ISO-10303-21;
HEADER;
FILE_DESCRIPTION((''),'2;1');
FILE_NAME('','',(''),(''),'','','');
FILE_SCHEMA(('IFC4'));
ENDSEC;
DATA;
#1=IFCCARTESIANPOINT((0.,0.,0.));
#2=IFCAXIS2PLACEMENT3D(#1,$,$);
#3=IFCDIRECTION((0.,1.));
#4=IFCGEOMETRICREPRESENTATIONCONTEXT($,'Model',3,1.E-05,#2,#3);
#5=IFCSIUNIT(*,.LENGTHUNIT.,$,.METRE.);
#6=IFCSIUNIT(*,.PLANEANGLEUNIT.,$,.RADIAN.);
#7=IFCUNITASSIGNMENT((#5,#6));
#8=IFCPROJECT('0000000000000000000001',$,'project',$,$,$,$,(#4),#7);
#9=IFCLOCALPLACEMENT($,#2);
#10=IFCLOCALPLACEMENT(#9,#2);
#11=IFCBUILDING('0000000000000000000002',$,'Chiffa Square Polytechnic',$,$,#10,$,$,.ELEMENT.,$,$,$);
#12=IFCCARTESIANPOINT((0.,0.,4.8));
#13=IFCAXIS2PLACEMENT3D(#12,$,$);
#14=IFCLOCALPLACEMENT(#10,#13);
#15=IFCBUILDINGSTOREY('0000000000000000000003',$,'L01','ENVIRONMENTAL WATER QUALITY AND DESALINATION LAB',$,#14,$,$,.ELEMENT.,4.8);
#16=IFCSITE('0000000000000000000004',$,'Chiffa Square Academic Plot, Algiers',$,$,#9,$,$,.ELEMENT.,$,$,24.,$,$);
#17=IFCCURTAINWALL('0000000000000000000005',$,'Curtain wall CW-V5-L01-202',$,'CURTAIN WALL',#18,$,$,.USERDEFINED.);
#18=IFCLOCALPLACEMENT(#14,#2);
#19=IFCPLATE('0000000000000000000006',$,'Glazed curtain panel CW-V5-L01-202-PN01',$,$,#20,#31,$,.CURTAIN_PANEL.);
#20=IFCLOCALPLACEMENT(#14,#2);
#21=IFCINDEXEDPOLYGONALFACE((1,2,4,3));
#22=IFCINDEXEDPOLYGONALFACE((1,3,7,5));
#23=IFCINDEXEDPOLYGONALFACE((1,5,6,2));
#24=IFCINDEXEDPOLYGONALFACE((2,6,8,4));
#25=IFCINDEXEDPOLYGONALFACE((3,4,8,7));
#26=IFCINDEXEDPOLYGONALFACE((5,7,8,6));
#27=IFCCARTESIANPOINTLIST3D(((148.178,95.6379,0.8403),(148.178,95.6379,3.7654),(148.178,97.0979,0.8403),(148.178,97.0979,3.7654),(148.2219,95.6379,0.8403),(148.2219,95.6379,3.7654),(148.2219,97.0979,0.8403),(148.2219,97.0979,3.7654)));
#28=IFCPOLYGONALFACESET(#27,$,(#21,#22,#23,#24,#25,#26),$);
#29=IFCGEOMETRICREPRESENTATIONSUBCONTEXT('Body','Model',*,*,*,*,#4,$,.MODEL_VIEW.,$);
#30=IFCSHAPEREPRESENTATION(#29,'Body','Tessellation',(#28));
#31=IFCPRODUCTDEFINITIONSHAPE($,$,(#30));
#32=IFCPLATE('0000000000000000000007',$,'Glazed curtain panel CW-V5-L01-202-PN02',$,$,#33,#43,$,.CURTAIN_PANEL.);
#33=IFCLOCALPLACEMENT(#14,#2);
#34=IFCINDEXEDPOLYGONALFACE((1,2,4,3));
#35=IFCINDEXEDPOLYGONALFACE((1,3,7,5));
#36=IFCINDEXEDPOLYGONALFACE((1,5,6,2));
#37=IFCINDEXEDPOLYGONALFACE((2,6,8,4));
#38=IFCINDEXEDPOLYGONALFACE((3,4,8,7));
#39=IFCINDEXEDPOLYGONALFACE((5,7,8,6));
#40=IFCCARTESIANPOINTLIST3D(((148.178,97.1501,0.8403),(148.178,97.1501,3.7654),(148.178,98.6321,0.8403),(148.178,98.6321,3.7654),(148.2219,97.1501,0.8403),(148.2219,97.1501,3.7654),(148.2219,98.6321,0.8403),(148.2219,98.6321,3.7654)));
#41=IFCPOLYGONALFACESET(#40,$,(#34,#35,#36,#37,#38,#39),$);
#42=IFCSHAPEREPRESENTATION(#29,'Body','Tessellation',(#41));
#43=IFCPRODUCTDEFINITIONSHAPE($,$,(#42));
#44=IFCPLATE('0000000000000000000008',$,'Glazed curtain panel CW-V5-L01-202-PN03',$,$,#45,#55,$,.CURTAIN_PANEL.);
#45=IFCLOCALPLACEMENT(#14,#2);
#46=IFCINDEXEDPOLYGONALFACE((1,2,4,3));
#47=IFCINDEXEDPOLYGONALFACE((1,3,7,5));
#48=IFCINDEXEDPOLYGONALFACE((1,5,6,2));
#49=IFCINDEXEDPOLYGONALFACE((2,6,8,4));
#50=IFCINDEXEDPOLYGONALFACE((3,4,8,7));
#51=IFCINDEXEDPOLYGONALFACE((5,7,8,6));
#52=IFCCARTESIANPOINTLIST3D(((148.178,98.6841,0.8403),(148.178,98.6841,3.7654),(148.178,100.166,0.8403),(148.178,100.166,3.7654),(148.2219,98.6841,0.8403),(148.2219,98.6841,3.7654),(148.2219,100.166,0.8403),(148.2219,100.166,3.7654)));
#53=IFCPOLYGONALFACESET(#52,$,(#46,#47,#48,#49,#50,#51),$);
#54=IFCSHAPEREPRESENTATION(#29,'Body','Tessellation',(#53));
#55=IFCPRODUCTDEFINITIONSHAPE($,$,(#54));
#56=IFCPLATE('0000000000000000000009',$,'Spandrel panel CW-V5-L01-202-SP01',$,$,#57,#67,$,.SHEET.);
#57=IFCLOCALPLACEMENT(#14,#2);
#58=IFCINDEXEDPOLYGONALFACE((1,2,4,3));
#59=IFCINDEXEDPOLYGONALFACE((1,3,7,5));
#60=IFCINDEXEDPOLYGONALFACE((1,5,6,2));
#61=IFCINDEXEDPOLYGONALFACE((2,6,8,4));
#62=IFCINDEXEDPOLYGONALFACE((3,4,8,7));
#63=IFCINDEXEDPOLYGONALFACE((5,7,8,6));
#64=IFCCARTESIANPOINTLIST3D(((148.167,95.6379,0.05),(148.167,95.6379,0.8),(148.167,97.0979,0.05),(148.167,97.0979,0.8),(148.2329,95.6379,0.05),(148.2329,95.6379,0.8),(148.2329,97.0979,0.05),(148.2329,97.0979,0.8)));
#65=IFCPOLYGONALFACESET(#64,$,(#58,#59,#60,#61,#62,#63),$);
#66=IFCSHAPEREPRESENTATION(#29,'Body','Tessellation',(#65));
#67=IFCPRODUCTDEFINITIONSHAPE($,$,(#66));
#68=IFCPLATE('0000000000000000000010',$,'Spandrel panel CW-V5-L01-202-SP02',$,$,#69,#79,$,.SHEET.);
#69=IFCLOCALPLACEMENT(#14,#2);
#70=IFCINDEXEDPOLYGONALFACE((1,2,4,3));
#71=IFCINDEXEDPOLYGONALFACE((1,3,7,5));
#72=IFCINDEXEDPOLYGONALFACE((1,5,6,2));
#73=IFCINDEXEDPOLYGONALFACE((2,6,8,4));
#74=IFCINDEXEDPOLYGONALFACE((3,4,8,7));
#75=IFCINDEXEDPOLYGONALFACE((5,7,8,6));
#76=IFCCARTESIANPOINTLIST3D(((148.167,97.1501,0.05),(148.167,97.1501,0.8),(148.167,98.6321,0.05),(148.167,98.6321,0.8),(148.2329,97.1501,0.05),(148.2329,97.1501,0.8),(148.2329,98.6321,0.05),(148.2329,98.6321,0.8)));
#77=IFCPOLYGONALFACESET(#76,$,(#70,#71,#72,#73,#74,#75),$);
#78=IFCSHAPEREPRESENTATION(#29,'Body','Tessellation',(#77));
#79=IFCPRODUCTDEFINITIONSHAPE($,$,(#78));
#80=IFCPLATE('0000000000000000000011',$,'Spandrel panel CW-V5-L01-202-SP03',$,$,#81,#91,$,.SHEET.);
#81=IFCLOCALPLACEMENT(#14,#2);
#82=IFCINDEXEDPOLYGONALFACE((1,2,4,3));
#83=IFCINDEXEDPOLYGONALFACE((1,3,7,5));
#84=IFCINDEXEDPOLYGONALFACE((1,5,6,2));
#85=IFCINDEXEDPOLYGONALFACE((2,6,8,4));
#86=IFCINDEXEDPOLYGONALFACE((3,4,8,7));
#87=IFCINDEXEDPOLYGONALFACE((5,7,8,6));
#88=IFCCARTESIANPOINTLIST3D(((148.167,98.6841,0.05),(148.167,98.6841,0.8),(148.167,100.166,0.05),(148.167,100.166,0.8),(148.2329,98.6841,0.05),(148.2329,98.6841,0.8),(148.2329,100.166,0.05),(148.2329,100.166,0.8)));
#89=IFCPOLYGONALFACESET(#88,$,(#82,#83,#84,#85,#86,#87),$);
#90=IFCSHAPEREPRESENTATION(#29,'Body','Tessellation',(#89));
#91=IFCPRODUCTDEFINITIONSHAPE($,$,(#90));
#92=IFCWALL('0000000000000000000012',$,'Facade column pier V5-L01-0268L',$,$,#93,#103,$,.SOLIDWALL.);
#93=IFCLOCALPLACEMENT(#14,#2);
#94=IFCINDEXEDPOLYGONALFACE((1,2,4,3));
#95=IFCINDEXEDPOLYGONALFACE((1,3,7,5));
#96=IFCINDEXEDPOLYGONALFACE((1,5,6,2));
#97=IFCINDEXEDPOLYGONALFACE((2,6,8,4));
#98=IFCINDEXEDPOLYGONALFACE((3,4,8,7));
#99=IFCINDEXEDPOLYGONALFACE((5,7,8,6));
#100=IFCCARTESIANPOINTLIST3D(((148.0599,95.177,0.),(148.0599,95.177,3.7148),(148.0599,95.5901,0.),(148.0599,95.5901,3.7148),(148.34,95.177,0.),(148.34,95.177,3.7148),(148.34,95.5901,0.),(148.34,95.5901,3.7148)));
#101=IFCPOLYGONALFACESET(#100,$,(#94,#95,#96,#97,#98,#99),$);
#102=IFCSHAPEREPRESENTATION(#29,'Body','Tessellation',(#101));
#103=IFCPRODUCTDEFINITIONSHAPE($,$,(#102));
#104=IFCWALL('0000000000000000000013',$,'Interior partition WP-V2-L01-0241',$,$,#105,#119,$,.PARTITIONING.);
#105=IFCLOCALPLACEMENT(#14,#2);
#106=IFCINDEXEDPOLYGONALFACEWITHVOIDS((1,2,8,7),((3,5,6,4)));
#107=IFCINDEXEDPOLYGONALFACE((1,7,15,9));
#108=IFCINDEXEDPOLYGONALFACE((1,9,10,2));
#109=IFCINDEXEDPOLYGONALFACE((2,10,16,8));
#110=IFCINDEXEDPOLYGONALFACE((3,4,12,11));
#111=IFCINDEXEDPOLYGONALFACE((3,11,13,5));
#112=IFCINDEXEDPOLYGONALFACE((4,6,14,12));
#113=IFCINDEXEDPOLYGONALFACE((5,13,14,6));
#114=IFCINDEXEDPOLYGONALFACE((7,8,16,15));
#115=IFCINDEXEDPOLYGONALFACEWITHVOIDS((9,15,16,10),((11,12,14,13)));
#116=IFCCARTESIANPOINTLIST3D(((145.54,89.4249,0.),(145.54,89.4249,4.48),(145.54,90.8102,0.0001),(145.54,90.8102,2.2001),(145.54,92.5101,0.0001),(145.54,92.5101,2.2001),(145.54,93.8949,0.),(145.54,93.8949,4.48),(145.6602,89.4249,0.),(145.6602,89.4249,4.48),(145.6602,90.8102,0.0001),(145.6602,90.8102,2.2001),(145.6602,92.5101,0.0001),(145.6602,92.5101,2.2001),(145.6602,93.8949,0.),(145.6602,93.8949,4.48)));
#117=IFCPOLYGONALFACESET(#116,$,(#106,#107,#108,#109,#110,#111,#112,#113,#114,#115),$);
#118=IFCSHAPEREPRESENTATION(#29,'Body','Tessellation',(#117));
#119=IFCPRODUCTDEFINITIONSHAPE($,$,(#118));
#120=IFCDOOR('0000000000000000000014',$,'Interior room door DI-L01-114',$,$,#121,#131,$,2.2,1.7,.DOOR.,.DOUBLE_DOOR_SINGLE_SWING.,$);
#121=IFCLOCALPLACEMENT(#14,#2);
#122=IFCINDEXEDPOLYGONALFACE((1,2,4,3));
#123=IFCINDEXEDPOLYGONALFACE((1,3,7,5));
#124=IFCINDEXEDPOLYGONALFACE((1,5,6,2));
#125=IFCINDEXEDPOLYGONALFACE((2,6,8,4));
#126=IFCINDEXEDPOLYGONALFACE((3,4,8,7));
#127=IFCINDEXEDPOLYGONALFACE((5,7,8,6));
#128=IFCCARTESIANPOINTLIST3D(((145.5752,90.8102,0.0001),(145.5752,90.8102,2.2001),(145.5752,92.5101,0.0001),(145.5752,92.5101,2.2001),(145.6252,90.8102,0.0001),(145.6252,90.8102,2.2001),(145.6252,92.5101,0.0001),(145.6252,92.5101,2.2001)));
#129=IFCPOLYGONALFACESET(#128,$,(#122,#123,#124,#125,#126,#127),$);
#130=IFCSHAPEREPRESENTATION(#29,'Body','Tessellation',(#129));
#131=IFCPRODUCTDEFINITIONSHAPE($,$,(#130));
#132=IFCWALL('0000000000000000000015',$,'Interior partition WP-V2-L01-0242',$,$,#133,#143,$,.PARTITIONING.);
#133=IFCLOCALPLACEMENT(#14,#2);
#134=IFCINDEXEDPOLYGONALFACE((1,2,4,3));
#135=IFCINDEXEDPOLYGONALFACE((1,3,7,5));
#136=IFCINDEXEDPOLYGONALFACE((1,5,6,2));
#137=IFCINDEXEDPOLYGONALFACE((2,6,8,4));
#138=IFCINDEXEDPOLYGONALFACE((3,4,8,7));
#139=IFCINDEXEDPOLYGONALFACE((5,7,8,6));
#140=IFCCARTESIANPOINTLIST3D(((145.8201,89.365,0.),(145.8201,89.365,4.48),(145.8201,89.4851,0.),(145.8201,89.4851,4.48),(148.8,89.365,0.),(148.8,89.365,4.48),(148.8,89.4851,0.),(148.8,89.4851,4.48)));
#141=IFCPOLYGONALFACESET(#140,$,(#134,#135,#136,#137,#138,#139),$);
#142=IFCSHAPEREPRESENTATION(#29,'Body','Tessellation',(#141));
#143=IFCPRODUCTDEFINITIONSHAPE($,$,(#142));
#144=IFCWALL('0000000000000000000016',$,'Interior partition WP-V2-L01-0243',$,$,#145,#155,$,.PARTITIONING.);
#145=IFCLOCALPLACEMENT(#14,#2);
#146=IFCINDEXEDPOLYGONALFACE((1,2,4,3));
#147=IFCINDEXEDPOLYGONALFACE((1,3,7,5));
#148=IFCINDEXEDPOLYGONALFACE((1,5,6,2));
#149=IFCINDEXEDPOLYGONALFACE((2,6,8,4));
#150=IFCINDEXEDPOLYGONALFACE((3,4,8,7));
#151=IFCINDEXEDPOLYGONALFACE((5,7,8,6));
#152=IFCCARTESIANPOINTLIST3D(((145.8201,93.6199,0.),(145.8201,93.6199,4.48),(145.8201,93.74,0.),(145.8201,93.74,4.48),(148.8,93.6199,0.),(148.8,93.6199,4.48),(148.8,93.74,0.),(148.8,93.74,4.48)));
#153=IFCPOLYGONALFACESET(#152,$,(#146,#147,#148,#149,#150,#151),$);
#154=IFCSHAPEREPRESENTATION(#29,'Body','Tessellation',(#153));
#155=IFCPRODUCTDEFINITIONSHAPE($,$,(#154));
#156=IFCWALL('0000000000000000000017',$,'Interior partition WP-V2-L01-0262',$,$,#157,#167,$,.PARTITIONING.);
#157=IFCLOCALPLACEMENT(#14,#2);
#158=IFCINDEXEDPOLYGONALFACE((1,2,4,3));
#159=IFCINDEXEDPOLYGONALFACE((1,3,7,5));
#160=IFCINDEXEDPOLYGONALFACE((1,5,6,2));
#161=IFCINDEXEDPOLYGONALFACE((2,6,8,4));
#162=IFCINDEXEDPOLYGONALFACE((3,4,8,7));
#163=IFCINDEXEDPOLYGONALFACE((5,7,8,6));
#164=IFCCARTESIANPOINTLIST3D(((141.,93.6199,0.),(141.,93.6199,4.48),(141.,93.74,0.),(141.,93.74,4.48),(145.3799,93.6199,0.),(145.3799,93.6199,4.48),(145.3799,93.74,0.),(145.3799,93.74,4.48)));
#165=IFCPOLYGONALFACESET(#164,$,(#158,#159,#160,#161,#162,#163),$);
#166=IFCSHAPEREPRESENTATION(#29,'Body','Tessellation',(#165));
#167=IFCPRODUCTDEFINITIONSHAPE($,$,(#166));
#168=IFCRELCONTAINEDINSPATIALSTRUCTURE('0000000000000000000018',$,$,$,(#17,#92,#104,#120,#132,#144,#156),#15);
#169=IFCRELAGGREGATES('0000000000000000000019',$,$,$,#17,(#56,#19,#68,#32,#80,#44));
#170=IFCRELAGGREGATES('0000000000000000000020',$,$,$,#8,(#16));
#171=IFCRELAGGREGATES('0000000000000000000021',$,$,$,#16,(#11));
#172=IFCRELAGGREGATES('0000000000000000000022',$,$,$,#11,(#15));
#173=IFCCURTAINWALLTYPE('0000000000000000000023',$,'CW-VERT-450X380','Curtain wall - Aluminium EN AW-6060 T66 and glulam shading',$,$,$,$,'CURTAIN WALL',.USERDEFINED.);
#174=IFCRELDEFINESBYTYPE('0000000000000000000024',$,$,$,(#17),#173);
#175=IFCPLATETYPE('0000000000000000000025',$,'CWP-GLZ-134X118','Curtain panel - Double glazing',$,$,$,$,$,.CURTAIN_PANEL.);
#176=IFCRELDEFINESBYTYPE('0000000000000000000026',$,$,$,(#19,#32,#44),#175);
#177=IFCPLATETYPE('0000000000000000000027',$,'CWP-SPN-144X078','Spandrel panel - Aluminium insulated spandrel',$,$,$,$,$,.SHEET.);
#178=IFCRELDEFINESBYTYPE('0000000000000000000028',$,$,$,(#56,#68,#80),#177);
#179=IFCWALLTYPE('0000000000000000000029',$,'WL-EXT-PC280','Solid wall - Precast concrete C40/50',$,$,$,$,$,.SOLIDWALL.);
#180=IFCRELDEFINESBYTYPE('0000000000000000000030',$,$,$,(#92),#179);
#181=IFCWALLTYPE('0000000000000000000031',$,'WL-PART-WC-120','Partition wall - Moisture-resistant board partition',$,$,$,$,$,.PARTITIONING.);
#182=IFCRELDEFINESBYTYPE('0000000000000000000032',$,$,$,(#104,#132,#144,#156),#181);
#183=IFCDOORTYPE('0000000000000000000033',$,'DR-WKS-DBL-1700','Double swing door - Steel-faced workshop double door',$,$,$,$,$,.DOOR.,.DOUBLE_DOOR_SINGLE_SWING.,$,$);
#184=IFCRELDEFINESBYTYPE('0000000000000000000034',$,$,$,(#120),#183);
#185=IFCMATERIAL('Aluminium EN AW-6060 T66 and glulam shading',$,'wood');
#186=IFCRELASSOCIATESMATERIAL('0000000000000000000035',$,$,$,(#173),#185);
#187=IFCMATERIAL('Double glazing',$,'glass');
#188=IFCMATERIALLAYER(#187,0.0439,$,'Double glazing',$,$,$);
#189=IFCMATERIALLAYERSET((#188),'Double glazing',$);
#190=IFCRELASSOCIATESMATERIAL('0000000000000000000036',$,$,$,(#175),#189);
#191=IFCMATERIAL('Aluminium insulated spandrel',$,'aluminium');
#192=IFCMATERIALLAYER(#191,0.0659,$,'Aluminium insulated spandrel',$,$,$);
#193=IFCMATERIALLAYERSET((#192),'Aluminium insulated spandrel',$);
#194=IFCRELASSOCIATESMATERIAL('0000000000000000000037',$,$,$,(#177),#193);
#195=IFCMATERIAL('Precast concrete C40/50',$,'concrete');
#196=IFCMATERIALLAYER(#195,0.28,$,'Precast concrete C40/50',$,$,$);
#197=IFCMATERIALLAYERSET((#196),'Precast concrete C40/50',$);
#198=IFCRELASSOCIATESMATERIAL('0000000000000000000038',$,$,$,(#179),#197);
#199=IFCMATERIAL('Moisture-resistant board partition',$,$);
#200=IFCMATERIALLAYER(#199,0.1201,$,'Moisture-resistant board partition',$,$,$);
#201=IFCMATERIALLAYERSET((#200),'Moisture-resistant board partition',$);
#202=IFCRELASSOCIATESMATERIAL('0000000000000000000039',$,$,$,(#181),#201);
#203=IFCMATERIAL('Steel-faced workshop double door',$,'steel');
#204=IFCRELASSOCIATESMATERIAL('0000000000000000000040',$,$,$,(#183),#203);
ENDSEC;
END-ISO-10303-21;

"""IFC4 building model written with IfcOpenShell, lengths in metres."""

from ifc_helpers import new_model, si_unit, direction, frame, frame_2d, origin, origin_2d, place, context, subcontext, project, spatial, rectangle, extrude, material, layer, layer_set, type_object, element, fill, aggregate, save


model = new_model("IFC4")

# Units and contexts
model_context = context("Model", 3, precision=1e-05, world=origin(), true_north=direction((0.0, 1.0)))
body_context = subcontext(model_context, "Body", "Model", "MODEL_VIEW")
ifc_project = project(units=[si_unit("LENGTHUNIT", "METRE"), si_unit("PLANEANGLEUNIT", "RADIAN")], contexts=[model_context])

# Site, building, storey
site_placement = place(None, origin())
site = spatial("IfcSite", under=ifc_project, at=site_placement, Name="Chiffa Square Academic Plot, Algiers", CompositionType="ELEMENT", RefElevation=24.0)
building_placement = place(site_placement, origin())
building = spatial("IfcBuilding", under=site, at=building_placement, Name="Chiffa Square Polytechnic", CompositionType="ELEMENT")
storey_placement = place(building_placement, frame((0.0, 0.0, 4.8)))
storey = spatial("IfcBuildingStorey", under=building, at=storey_placement, Name="L01", Description="ENVIRONMENTAL WATER QUALITY AND DESALINATION LAB", CompositionType="ELEMENT", Elevation=4.8)

# Curtain wall
ifc_material_1 = material(Name="Aluminium EN AW-6060 T66 and glulam shading", Category="wood")
curtain_wall_type = type_object("IfcCurtainWallType", Name="CW-VERT-450X380", Description="Curtain wall - Aluminium EN AW-6060 T66 and glulam shading", ElementType="CURTAIN WALL", PredefinedType="USERDEFINED", material=ifc_material_1)
curtain_wall_placement = place(storey_placement, origin())
curtain_wall = element("IfcCurtainWall", 1, at=curtain_wall_placement, inside=storey, type_object=curtain_wall_type, Name="Curtain wall CW-V5-L01-202", ObjectType="CURTAIN WALL", PredefinedType="USERDEFINED")

# Plates
ifc_material_2 = material(Name="Double glazing", Category="glass")
ifc_layer_1 = layer(ifc_material_2, 0.0439, Name="Double glazing")
ifc_layer_set_1 = layer_set([ifc_layer_1], Name="Double glazing")
plate_type_1 = type_object("IfcPlateType", Name="CWP-GLZ-134X118", Description="Curtain panel - Double glazing", PredefinedType="CURTAIN_PANEL", material=ifc_layer_set_1)
plate_1_placement = place(storey_placement, frame((148.2, 96.3679, 0.8403), z_axis=(0.0, 0.0, 1.0), x_axis=(0.0, 1.0, 0.0)))
plate_1 = element("IfcPlate", 2, at=plate_1_placement, type_object=plate_type_1, Name="Glazed curtain panel CW-V5-L01-202-PN01", PredefinedType="CURTAIN_PANEL", context=body_context, shape_type="SweptSolid", body=[
    extrude(rectangle(XDim=1.46, YDim=0.0439, at=origin_2d()), origin(), (0.0, 0.0, 1.0), 2.925),
])
plate_2_placement = place(storey_placement, frame((148.2, 97.8911, 0.8403), z_axis=(0.0, 0.0, 1.0), x_axis=(0.0, 1.0, 0.0)))
plate_2 = element("IfcPlate", 3, at=plate_2_placement, type_object=plate_type_1, Name="Glazed curtain panel CW-V5-L01-202-PN02", PredefinedType="CURTAIN_PANEL", context=body_context, shape_type="SweptSolid", body=[
    extrude(rectangle(XDim=1.4819, YDim=0.0439, at=origin_2d()), origin(), (0.0, 0.0, 1.0), 2.925),
])
plate_3_placement = place(storey_placement, frame((148.2, 99.425, 0.8403), z_axis=(0.0, 0.0, 1.0), x_axis=(0.0, 1.0, 0.0)))
plate_3 = element("IfcPlate", 4, at=plate_3_placement, type_object=plate_type_1, Name="Glazed curtain panel CW-V5-L01-202-PN03", PredefinedType="CURTAIN_PANEL", context=body_context, shape_type="SweptSolid", body=[
    extrude(rectangle(XDim=1.4819, YDim=0.0439, at=origin_2d()), origin(), (0.0, 0.0, 1.0), 2.925),
])
ifc_material_3 = material(Name="Aluminium insulated spandrel", Category="aluminium")
ifc_layer_2 = layer(ifc_material_3, 0.0659, Name="Aluminium insulated spandrel")
ifc_layer_set_2 = layer_set([ifc_layer_2], Name="Aluminium insulated spandrel")
plate_type_2 = type_object("IfcPlateType", Name="CWP-SPN-144X078", Description="Spandrel panel - Aluminium insulated spandrel", PredefinedType="SHEET", material=ifc_layer_set_2)
plate_4_placement = place(storey_placement, frame((148.2, 96.3679, 0.05), z_axis=(0.0, 0.0, 1.0), x_axis=(0.0, 1.0, 0.0)))
plate_4 = element("IfcPlate", 5, at=plate_4_placement, type_object=plate_type_2, Name="Spandrel panel CW-V5-L01-202-SP01", PredefinedType="SHEET", context=body_context, shape_type="SweptSolid", body=[
    extrude(rectangle(XDim=1.46, YDim=0.0659, at=origin_2d()), origin(), (0.0, 0.0, 1.0), 0.75),
])
plate_5_placement = place(storey_placement, frame((148.2, 97.8911, 0.05), z_axis=(0.0, 0.0, 1.0), x_axis=(0.0, 1.0, 0.0)))
plate_5 = element("IfcPlate", 6, at=plate_5_placement, type_object=plate_type_2, Name="Spandrel panel CW-V5-L01-202-SP02", PredefinedType="SHEET", context=body_context, shape_type="SweptSolid", body=[
    extrude(rectangle(XDim=1.4819, YDim=0.0659, at=origin_2d()), origin(), (0.0, 0.0, 1.0), 0.75),
])
plate_6_placement = place(storey_placement, frame((148.2, 99.425, 0.05), z_axis=(0.0, 0.0, 1.0), x_axis=(0.0, 1.0, 0.0)))
plate_6 = element("IfcPlate", 7, at=plate_6_placement, type_object=plate_type_2, Name="Spandrel panel CW-V5-L01-202-SP03", PredefinedType="SHEET", context=body_context, shape_type="SweptSolid", body=[
    extrude(rectangle(XDim=1.4819, YDim=0.0659, at=origin_2d()), origin(), (0.0, 0.0, 1.0), 0.75),
])
aggregate(curtain_wall, [plate_4, plate_1, plate_5, plate_2, plate_6, plate_3])

# Wall
ifc_material_4 = material(Name="Precast concrete C40/50", Category="concrete")
ifc_layer_3 = layer(ifc_material_4, 0.28, Name="Precast concrete C40/50")
ifc_layer_set_3 = layer_set([ifc_layer_3], Name="Precast concrete C40/50")
wall_type_1 = type_object("IfcWallType", Name="WL-EXT-PC280", Description="Solid wall - Precast concrete C40/50", PredefinedType="SOLIDWALL", material=ifc_layer_set_3)
wall_1_placement = place(storey_placement, frame((148.2, 95.177, 0.0), z_axis=(0.0, 0.0, 1.0), x_axis=(0.0, 1.0, 0.0)))
element("IfcWall", 8, at=wall_1_placement, inside=storey, type_object=wall_type_1, Name="Facade column pier V5-L01-0268L", PredefinedType="SOLIDWALL", context=body_context, shape_type="SweptSolid", body=[
    extrude(rectangle(XDim=0.4131, YDim=0.28, at=frame_2d((0.2065, 0.0))), origin(), (0.0, 0.0, 1.0), 3.7148),
])

# Wall, opening, door
ifc_material_5 = material(Name="Moisture-resistant board partition")
ifc_layer_4 = layer(ifc_material_5, 0.1201, Name="Moisture-resistant board partition")
ifc_layer_set_4 = layer_set([ifc_layer_4], Name="Moisture-resistant board partition")
wall_type_2 = type_object("IfcWallType", Name="WL-PART-WC-120", Description="Partition wall - Moisture-resistant board partition", PredefinedType="PARTITIONING", material=ifc_layer_set_4)
wall_2_placement = place(storey_placement, frame((145.6001, 89.425, 0.0), z_axis=(0.0, 0.0, 1.0), x_axis=(0.0, 1.0, 0.0)))
wall_2 = element("IfcWall", 9, at=wall_2_placement, inside=storey, type_object=wall_type_2, Name="Interior partition WP-V2-L01-0241", PredefinedType="PARTITIONING", context=body_context, shape_type="SweptSolid", body=[
    extrude(rectangle(XDim=4.47, YDim=0.1201, at=frame_2d((2.2349, 0.0))), origin(), (0.0, 0.0, 1.0), 4.48),
])
opening_1_placement = place(wall_2_placement, frame((1.385, 0.0, 0.0)))
opening_1 = element("IfcOpeningElement", 10, at=opening_1_placement, cuts=wall_2, PredefinedType="OPENING", context=body_context, shape_type="SweptSolid", body=[
    extrude(rectangle(XDim=1.7, YDim=2.2, at=frame_2d((0.8501, 1.1001))), frame((0.0, 0.0701, 0.0), z_axis=(0.0, -1.0, 0.0), x_axis=(1.0, 0.0, 0.0)), (0.0, 0.0, 1.0), 0.1401),
])
ifc_material_6 = material(Name="Steel-faced workshop double door", Category="steel")
door_type_1 = type_object("IfcDoorType", Name="DR-WKS-DBL-1700", Description="Double swing door - Steel-faced workshop double door", OperationType="DOUBLE_DOOR_SINGLE_SWING", PredefinedType="DOOR", material=ifc_material_6)
door_1_placement = place(opening_1_placement, origin())
door_1 = element("IfcDoor", 11, at=door_1_placement, inside=storey, type_object=door_type_1, Name="Interior room door DI-L01-114", OperationType="DOUBLE_DOOR_SINGLE_SWING", OverallHeight=2.2, OverallWidth=1.7, PredefinedType="DOOR", context=body_context, shape_type="SweptSolid", body=[
    extrude(rectangle(XDim=1.7, YDim=2.2, at=frame_2d((0.8501, 1.1001))), frame((0.0, 0.0249, 0.0), z_axis=(0.0, -1.0, 0.0), x_axis=(1.0, 0.0, 0.0)), (0.0, 0.0, 1.0), 0.05),
])
fill(opening_1, door_1)

# Walls
for number, where, z_axis, x_axis, name in (
    (12, (145.8201, 89.425, 0.0), (0.0, 0.0, 1.0), (1.0, 0.0, 0.0), "Interior partition WP-V2-L01-0242"),
    (13, (145.8201, 93.6799, 0.0), (0.0, 0.0, 1.0), (1.0, 0.0, 0.0), "Interior partition WP-V2-L01-0243"),
):
    element("IfcWall", number, at=place(storey_placement, frame(where, z_axis=z_axis, x_axis=x_axis)), inside=storey, type_object=wall_type_2, Name=name, PredefinedType="PARTITIONING", context=body_context, shape_type="SweptSolid", body=[
        extrude(rectangle(XDim=2.98, YDim=0.1201, at=frame_2d((1.49, 0.0))), origin(), (0.0, 0.0, 1.0), 4.48),
    ])
wall_3_placement = place(storey_placement, frame((141.0, 93.6799, 0.0), z_axis=(0.0, 0.0, 1.0), x_axis=(1.0, 0.0, 0.0)))
element("IfcWall", 14, at=wall_3_placement, inside=storey, type_object=wall_type_2, Name="Interior partition WP-V2-L01-0262", PredefinedType="PARTITIONING", context=body_context, shape_type="SweptSolid", body=[
    extrude(rectangle(XDim=4.3799, YDim=0.1201, at=frame_2d((2.1899, 0.0))), origin(), (0.0, 0.0, 1.0), 4.48),
])

save(model, "model.ifc")
